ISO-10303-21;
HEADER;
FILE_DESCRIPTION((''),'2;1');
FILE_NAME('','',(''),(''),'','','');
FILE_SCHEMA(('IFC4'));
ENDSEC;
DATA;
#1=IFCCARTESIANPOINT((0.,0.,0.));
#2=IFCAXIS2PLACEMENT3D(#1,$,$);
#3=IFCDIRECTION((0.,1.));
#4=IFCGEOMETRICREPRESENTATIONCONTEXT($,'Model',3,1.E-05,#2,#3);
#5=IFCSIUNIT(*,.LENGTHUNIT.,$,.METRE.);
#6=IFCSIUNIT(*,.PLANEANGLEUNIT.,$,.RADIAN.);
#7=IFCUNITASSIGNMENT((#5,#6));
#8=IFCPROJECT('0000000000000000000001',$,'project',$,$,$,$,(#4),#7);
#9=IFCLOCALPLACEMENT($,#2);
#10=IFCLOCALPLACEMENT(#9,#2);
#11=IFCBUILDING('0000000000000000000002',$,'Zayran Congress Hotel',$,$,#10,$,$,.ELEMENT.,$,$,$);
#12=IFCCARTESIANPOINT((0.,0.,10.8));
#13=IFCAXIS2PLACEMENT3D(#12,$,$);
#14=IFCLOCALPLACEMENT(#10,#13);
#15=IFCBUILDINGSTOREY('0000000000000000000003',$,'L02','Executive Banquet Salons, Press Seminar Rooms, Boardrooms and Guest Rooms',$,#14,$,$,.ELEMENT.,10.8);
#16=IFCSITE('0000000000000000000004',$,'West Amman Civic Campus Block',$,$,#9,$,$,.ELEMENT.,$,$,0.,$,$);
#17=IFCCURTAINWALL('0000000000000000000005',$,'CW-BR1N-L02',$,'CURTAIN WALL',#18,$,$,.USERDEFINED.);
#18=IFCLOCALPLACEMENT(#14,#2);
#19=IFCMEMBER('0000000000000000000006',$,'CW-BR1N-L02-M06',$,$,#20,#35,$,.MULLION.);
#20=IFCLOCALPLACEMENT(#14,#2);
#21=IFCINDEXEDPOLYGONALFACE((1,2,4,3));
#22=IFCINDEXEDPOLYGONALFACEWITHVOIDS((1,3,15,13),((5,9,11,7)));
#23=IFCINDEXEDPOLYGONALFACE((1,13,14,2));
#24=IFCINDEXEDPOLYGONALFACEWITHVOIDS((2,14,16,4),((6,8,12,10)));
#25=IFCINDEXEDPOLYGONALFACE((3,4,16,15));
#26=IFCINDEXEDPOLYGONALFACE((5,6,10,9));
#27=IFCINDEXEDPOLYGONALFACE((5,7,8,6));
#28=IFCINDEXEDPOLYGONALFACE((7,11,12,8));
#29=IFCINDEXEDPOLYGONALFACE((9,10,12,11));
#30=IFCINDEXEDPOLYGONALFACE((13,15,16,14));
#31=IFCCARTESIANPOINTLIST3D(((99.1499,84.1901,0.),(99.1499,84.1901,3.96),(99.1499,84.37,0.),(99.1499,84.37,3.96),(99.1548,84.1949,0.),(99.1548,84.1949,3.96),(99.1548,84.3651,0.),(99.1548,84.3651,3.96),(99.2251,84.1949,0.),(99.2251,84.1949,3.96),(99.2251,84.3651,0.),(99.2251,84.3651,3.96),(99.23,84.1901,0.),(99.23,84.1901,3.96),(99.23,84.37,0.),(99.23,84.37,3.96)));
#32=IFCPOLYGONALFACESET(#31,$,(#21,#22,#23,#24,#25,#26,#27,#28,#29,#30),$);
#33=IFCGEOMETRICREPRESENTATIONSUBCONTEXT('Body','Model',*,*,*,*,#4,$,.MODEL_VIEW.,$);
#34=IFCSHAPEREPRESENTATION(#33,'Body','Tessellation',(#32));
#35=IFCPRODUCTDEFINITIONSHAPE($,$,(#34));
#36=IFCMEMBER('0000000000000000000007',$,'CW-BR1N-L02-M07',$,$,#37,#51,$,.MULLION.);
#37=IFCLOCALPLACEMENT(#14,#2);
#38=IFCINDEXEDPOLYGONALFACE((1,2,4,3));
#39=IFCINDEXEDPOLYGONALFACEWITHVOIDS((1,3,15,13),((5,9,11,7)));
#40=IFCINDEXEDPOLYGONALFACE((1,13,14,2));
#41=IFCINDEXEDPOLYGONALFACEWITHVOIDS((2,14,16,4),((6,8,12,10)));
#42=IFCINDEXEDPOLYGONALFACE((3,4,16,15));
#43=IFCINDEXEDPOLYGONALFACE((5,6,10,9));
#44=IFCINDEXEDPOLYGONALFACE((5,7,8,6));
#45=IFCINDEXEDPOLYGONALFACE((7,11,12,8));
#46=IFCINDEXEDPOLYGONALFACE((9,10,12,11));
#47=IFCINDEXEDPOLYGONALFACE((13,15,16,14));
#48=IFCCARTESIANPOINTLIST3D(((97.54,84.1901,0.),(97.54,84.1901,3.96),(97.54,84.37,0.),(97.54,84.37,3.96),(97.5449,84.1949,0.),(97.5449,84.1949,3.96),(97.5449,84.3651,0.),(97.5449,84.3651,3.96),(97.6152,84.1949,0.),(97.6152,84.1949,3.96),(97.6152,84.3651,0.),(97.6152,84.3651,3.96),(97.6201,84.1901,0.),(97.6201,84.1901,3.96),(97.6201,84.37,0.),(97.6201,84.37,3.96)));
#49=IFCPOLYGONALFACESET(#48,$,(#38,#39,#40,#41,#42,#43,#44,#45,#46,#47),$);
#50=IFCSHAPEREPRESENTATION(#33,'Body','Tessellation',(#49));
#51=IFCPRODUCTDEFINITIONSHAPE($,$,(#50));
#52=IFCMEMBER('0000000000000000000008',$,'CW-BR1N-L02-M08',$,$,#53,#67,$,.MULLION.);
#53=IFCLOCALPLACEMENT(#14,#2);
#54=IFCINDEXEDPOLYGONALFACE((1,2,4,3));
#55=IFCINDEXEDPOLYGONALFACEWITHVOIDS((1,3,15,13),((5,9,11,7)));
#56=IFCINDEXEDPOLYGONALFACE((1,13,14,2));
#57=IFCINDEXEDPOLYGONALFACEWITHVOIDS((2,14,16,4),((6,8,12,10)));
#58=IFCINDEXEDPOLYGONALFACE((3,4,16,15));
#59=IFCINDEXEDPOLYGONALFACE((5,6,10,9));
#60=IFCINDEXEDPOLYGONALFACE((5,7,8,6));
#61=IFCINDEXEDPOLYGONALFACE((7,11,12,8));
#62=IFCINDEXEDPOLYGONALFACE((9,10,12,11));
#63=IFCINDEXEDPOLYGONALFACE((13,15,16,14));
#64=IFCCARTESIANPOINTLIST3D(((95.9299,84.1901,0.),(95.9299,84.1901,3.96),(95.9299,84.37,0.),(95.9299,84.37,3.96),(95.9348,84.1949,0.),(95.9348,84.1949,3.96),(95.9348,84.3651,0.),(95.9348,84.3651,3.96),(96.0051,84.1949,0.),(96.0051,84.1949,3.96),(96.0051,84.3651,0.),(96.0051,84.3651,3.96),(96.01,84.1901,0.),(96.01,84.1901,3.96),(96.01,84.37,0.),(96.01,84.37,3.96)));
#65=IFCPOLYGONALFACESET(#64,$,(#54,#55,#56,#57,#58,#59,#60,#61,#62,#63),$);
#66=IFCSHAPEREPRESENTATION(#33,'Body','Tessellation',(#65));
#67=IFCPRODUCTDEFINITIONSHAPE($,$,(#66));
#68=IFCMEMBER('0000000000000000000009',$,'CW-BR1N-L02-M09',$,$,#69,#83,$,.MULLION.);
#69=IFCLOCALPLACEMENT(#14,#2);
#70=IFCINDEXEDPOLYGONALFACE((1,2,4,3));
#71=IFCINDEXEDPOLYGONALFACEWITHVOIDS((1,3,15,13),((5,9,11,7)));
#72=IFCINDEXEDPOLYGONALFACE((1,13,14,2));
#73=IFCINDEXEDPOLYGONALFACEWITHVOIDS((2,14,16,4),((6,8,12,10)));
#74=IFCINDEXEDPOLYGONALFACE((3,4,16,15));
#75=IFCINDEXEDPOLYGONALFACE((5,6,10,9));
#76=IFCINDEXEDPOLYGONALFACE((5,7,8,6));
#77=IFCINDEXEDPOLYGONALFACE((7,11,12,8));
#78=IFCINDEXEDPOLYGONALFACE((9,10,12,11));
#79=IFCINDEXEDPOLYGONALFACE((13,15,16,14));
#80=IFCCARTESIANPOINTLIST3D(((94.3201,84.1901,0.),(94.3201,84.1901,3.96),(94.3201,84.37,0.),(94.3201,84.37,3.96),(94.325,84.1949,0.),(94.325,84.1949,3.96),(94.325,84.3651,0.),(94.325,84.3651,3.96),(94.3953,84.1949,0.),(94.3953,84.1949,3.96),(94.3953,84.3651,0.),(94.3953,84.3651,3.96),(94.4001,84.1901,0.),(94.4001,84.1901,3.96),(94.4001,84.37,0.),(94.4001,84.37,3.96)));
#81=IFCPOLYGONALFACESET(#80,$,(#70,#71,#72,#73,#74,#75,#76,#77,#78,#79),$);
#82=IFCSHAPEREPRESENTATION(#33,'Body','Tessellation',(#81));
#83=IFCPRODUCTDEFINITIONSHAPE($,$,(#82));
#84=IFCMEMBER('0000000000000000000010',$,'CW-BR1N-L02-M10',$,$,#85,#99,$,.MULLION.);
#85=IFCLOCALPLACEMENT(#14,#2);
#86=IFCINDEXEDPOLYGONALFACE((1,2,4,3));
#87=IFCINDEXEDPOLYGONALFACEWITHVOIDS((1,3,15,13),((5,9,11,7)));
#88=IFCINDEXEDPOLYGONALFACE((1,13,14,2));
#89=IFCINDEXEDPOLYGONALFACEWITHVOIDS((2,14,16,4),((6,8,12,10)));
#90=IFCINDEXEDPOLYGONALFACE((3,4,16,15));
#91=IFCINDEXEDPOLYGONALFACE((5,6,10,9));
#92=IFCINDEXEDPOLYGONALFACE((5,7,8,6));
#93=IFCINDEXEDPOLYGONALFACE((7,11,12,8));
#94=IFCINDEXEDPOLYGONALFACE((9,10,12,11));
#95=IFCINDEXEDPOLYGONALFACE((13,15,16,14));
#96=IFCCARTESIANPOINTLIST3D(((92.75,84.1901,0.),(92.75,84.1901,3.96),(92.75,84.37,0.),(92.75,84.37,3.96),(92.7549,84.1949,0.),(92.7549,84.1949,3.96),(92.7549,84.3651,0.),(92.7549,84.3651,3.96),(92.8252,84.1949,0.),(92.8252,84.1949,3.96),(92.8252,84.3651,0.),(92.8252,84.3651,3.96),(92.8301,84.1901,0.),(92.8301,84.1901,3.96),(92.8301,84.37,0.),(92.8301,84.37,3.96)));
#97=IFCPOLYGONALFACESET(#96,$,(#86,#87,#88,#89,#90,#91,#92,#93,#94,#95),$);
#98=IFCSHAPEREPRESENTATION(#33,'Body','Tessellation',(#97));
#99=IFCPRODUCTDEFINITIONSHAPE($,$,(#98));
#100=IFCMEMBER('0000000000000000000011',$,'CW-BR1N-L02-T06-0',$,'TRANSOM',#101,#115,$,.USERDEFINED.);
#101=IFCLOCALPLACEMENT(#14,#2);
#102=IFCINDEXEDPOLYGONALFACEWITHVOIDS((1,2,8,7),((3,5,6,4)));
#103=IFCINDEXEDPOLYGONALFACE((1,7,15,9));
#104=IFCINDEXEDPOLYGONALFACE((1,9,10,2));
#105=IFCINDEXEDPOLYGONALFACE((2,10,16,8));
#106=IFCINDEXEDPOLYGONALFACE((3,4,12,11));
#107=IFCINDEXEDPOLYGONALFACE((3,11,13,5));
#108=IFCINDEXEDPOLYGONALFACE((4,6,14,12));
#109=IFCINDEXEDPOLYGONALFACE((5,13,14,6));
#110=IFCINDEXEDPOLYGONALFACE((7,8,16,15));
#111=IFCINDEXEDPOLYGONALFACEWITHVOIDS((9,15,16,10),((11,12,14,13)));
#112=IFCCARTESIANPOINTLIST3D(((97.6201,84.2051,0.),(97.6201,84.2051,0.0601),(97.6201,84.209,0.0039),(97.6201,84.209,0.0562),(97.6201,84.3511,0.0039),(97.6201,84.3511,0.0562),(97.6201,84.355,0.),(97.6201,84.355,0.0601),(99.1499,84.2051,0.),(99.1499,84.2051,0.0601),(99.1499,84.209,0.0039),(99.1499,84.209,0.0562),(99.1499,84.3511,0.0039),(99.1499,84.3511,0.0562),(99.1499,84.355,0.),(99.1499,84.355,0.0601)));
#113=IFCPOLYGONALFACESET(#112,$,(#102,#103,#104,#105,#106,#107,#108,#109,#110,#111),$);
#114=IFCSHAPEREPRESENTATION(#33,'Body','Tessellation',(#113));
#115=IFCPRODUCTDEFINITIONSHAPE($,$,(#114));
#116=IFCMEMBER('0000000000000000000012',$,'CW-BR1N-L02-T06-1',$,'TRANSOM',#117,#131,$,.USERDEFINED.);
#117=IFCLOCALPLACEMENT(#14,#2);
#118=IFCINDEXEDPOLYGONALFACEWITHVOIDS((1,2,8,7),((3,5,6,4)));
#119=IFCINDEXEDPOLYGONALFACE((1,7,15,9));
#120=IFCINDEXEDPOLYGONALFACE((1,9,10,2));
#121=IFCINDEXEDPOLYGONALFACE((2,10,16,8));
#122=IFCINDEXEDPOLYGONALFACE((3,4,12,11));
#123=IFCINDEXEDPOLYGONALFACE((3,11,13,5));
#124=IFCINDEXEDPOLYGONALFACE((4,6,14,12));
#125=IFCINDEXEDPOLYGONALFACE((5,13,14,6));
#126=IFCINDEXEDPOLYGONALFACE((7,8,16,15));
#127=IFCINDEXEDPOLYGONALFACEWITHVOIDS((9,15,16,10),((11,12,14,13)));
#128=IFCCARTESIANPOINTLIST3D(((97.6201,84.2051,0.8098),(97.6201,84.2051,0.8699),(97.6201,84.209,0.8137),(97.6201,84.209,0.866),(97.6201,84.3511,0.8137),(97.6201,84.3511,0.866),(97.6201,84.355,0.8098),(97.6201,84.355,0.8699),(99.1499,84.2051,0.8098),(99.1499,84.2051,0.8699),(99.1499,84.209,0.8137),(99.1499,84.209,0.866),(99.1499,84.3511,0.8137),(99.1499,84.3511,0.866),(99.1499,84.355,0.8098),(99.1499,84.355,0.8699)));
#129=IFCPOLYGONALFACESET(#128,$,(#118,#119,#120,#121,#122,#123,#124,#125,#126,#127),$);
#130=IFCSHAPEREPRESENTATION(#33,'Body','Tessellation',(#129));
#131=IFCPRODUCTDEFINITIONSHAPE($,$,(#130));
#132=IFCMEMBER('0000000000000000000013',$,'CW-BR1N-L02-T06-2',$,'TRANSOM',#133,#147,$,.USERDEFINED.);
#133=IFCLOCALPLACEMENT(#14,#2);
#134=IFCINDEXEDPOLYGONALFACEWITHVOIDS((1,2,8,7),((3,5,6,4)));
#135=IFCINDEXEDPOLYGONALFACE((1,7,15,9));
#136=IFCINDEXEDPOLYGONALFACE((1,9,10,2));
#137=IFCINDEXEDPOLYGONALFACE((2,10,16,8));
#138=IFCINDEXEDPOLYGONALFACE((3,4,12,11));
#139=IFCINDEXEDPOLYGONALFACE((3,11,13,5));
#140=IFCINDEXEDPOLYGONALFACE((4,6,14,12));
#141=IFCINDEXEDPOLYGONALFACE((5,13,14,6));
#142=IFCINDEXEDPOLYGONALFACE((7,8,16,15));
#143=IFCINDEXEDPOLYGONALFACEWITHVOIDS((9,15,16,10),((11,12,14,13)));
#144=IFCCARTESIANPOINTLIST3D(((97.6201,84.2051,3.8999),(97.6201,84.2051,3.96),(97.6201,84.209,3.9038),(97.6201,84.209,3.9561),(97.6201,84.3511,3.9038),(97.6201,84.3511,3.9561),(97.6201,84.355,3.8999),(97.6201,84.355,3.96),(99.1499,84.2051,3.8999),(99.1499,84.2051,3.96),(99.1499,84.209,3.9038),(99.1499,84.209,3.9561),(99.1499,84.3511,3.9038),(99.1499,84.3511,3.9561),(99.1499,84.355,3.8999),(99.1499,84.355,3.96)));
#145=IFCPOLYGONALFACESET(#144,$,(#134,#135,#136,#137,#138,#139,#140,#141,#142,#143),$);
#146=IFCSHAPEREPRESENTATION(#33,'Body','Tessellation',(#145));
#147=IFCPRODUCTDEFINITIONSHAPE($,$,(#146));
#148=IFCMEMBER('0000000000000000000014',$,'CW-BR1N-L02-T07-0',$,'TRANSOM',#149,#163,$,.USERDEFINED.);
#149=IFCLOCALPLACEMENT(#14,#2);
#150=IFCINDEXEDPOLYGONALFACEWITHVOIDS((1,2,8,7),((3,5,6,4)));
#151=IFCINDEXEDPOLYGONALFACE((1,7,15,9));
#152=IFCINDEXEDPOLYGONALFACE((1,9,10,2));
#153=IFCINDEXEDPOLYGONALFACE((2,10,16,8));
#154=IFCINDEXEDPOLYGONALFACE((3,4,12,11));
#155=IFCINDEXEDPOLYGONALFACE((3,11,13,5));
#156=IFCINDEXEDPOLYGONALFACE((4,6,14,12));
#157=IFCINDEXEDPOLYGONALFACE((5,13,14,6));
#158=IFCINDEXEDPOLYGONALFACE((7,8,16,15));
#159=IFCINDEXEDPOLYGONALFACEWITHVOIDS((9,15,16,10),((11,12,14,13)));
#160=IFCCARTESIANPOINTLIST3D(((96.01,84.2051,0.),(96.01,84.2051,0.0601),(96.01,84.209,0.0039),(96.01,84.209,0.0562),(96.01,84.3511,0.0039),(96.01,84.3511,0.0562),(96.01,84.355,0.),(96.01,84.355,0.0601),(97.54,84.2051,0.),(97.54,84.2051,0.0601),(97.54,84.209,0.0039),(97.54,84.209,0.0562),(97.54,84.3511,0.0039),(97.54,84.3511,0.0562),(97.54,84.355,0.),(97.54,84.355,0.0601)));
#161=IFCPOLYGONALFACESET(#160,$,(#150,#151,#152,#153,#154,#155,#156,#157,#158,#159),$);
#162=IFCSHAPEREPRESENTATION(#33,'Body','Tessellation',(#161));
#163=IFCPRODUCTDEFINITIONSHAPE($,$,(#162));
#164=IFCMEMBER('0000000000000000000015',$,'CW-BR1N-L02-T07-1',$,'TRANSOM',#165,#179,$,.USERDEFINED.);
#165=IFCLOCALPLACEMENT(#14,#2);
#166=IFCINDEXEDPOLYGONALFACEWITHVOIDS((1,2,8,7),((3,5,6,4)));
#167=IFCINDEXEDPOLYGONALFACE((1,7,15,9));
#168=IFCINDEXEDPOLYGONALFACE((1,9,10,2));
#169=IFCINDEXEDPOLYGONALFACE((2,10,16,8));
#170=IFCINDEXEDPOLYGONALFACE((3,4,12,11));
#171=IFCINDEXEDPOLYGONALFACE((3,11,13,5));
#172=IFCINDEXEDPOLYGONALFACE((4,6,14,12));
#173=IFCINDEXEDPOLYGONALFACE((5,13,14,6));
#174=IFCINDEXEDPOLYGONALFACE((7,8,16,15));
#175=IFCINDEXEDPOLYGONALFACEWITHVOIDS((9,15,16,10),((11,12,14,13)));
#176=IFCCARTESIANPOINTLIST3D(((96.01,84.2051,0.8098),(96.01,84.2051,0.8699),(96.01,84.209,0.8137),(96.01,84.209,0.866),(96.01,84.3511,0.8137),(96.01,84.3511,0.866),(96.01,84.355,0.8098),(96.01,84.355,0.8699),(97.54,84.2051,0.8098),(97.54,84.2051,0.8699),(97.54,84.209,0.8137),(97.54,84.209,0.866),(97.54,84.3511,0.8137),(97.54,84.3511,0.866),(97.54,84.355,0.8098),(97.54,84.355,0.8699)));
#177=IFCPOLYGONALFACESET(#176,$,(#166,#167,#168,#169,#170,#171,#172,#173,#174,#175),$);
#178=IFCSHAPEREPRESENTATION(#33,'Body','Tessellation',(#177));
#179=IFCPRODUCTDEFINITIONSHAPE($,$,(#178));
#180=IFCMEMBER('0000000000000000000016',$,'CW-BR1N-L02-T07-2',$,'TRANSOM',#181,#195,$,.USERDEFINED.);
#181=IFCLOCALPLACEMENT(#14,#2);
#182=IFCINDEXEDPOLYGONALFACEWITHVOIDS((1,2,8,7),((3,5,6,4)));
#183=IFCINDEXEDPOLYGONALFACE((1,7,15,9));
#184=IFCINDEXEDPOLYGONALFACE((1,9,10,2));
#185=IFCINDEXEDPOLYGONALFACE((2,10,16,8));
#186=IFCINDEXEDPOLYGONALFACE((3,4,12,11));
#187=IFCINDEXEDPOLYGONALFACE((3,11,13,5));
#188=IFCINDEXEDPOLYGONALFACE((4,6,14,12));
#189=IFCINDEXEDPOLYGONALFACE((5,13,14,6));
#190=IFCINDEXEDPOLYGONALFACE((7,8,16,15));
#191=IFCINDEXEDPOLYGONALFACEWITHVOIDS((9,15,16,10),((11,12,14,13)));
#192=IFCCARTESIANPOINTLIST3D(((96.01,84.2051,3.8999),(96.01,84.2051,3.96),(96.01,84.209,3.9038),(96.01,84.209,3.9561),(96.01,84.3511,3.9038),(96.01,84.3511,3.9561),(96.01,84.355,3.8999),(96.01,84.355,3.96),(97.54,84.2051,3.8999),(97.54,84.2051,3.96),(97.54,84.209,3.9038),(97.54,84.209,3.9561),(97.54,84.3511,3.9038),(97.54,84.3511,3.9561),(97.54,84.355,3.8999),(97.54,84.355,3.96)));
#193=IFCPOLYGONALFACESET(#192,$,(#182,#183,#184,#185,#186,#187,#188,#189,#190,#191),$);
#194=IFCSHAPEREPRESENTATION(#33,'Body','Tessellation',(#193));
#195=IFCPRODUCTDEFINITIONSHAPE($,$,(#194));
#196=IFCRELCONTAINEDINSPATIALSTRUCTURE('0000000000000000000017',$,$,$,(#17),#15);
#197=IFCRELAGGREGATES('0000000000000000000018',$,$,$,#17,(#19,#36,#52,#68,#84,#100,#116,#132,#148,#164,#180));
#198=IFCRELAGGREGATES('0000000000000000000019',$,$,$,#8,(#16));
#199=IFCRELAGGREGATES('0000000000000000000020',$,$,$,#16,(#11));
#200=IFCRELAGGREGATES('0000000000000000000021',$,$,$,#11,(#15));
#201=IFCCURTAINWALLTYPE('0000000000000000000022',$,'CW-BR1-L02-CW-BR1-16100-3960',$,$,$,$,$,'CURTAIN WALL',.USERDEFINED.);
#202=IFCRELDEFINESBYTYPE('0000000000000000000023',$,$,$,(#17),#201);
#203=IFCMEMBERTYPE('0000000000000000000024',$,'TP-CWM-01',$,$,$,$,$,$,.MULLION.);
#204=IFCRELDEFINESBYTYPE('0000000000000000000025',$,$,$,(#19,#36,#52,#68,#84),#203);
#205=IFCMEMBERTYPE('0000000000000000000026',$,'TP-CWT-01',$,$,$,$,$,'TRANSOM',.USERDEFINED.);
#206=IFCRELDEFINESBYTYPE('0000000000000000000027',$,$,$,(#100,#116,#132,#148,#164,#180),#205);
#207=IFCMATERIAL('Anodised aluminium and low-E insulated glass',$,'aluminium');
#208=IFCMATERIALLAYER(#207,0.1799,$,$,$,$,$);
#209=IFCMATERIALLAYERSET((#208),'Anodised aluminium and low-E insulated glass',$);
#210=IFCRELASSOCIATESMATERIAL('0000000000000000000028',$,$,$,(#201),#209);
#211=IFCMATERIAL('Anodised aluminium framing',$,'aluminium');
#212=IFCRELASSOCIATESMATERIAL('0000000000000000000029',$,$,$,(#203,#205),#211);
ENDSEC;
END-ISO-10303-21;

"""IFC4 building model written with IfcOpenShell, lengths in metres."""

from ifc_helpers import new_model, si_unit, direction, frame, origin, origin_2d, place, context, subcontext, project, spatial, hollow_rectangle, extrude, material, layer, layer_set, material_profile, profile_set, type_object, element, aggregate, save


model = new_model("IFC4")

# Units and contexts
model_context = context("Model", 3, precision=1e-05, world=origin(), true_north=direction((0.0, 1.0)))
body_context = subcontext(model_context, "Body", "Model", "MODEL_VIEW")
ifc_project = project(units=[si_unit("LENGTHUNIT", "METRE"), si_unit("PLANEANGLEUNIT", "RADIAN")], contexts=[model_context])

# Site, building, storey
site_placement = place(None, origin())
site = spatial("IfcSite", under=ifc_project, at=site_placement, Name="West Amman Civic Campus Block", CompositionType="ELEMENT", RefElevation=0.0)
building_placement = place(site_placement, origin())
building = spatial("IfcBuilding", under=site, at=building_placement, Name="Zayran Congress Hotel", CompositionType="ELEMENT")
storey_placement = place(building_placement, frame((0.0, 0.0, 10.8)))
storey = spatial("IfcBuildingStorey", under=building, at=storey_placement, Name="L02", Description="Executive Banquet Salons, Press Seminar Rooms, Boardrooms and Guest Rooms", CompositionType="ELEMENT", Elevation=10.8)

# Curtain wall, members
ifc_material_1 = material(Name="Anodised aluminium and low-E insulated glass", Category="aluminium")
ifc_layer_1 = layer(ifc_material_1, 0.1799)
ifc_layer_set_1 = layer_set([ifc_layer_1], Name="Anodised aluminium and low-E insulated glass")
curtain_wall_type = type_object("IfcCurtainWallType", Name="CW-BR1-L02-CW-BR1-16100-3960", ElementType="CURTAIN WALL", PredefinedType="USERDEFINED", material=ifc_layer_set_1)
curtain_wall_placement = place(storey_placement, origin())
curtain_wall = element("IfcCurtainWall", 1, at=curtain_wall_placement, inside=storey, type_object=curtain_wall_type, Name="CW-BR1N-L02", ObjectType="CURTAIN WALL", PredefinedType="USERDEFINED")
ifc_material_2 = material(Name="Anodised aluminium framing", Category="aluminium")
ifc_material_profile_1 = material_profile(ifc_material_2, hollow_rectangle(XDim=0.0801, YDim=0.1799, WallThickness=0.0049, at=origin_2d()), Name="RHS 180x80x5")
ifc_profile_set_1 = profile_set([ifc_material_profile_1], Name="Anodised aluminium framing")
member_type_1 = type_object("IfcMemberType", Name="TP-CWM-01", PredefinedType="MULLION", material=ifc_profile_set_1)
member_1_placement = place(storey_placement, frame((99.1899, 84.28, 0.0), z_axis=(0.0, 0.0, 1.0), x_axis=(1.0, 0.0, 0.0)))
member_1 = element("IfcMember", 2, at=member_1_placement, type_object=member_type_1, Name="CW-BR1N-L02-M06", PredefinedType="MULLION", context=body_context, shape_type="SweptSolid", body=[
    extrude(hollow_rectangle(XDim=0.0801, YDim=0.1799, WallThickness=0.0049, at=origin_2d()), origin(), (0.0, 0.0, 1.0), 3.96),
])
member_2_placement = place(storey_placement, frame((97.5801, 84.28, 0.0), z_axis=(0.0, 0.0, 1.0), x_axis=(1.0, 0.0, 0.0)))
member_2 = element("IfcMember", 3, at=member_2_placement, type_object=member_type_1, Name="CW-BR1N-L02-M07", PredefinedType="MULLION", context=body_context, shape_type="SweptSolid", body=[
    extrude(hollow_rectangle(XDim=0.0801, YDim=0.1799, WallThickness=0.0049, at=origin_2d()), origin(), (0.0, 0.0, 1.0), 3.96),
])
member_3_placement = place(storey_placement, frame((95.97, 84.28, 0.0), z_axis=(0.0, 0.0, 1.0), x_axis=(1.0, 0.0, 0.0)))
member_3 = element("IfcMember", 4, at=member_3_placement, type_object=member_type_1, Name="CW-BR1N-L02-M08", PredefinedType="MULLION", context=body_context, shape_type="SweptSolid", body=[
    extrude(hollow_rectangle(XDim=0.0801, YDim=0.1799, WallThickness=0.0049, at=origin_2d()), origin(), (0.0, 0.0, 1.0), 3.96),
])
member_4_placement = place(storey_placement, frame((94.3601, 84.28, 0.0), z_axis=(0.0, 0.0, 1.0), x_axis=(1.0, 0.0, 0.0)))
member_4 = element("IfcMember", 5, at=member_4_placement, type_object=member_type_1, Name="CW-BR1N-L02-M09", PredefinedType="MULLION", context=body_context, shape_type="SweptSolid", body=[
    extrude(hollow_rectangle(XDim=0.0801, YDim=0.1799, WallThickness=0.0049, at=origin_2d()), origin(), (0.0, 0.0, 1.0), 3.96),
])
member_5_placement = place(storey_placement, frame((92.79, 84.28, 0.0), z_axis=(0.0, 0.0, 1.0), x_axis=(1.0, 0.0, 0.0)))
member_5 = element("IfcMember", 6, at=member_5_placement, type_object=member_type_1, Name="CW-BR1N-L02-M10", PredefinedType="MULLION", context=body_context, shape_type="SweptSolid", body=[
    extrude(hollow_rectangle(XDim=0.0801, YDim=0.1799, WallThickness=0.0049, at=origin_2d()), origin(), (0.0, 0.0, 1.0), 3.96),
])
ifc_material_profile_2 = material_profile(ifc_material_2, hollow_rectangle(XDim=0.0601, YDim=0.1499, WallThickness=0.0039, at=origin_2d()), Name="RHS 150x60x4")
ifc_profile_set_2 = profile_set([ifc_material_profile_2], Name="Anodised aluminium framing")
member_type_2 = type_object("IfcMemberType", Name="TP-CWT-01", ElementType="TRANSOM", PredefinedType="USERDEFINED", material=ifc_profile_set_2)
member_6_placement = place(storey_placement, frame((99.1499, 84.28, 0.03), z_axis=(-1.0, 0.0, 0.0), x_axis=(0.0, 0.0, 1.0)))
member_6 = element("IfcMember", 7, at=member_6_placement, type_object=member_type_2, Name="CW-BR1N-L02-T06-0", ObjectType="TRANSOM", PredefinedType="USERDEFINED", context=body_context, shape_type="SweptSolid", body=[
    extrude(hollow_rectangle(XDim=0.0601, YDim=0.1499, WallThickness=0.0039, at=origin_2d()), origin(), (0.0, 0.0, 1.0), 1.5298),
])
member_7_placement = place(storey_placement, frame((99.1499, 84.28, 0.8398), z_axis=(-1.0, 0.0, 0.0), x_axis=(0.0, 0.0, 1.0)))
member_7 = element("IfcMember", 8, at=member_7_placement, type_object=member_type_2, Name="CW-BR1N-L02-T06-1", ObjectType="TRANSOM", PredefinedType="USERDEFINED", context=body_context, shape_type="SweptSolid", body=[
    extrude(hollow_rectangle(XDim=0.0601, YDim=0.1499, WallThickness=0.0039, at=origin_2d()), origin(), (0.0, 0.0, 1.0), 1.5298),
])
member_8_placement = place(storey_placement, frame((99.1499, 84.28, 3.9299), z_axis=(-1.0, 0.0, 0.0), x_axis=(0.0, 0.0, 1.0)))
member_8 = element("IfcMember", 9, at=member_8_placement, type_object=member_type_2, Name="CW-BR1N-L02-T06-2", ObjectType="TRANSOM", PredefinedType="USERDEFINED", context=body_context, shape_type="SweptSolid", body=[
    extrude(hollow_rectangle(XDim=0.0601, YDim=0.1499, WallThickness=0.0039, at=origin_2d()), origin(), (0.0, 0.0, 1.0), 1.5298),
])
member_9_placement = place(storey_placement, frame((97.54, 84.28, 0.03), z_axis=(-1.0, 0.0, 0.0), x_axis=(0.0, 0.0, 1.0)))
member_9 = element("IfcMember", 10, at=member_9_placement, type_object=member_type_2, Name="CW-BR1N-L02-T07-0", ObjectType="TRANSOM", PredefinedType="USERDEFINED", context=body_context, shape_type="SweptSolid", body=[
    extrude(hollow_rectangle(XDim=0.0601, YDim=0.1499, WallThickness=0.0039, at=origin_2d()), origin(), (0.0, 0.0, 1.0), 1.53),
])
member_10_placement = place(storey_placement, frame((97.54, 84.28, 0.8398), z_axis=(-1.0, 0.0, 0.0), x_axis=(0.0, 0.0, 1.0)))
member_10 = element("IfcMember", 11, at=member_10_placement, type_object=member_type_2, Name="CW-BR1N-L02-T07-1", ObjectType="TRANSOM", PredefinedType="USERDEFINED", context=body_context, shape_type="SweptSolid", body=[
    extrude(hollow_rectangle(XDim=0.0601, YDim=0.1499, WallThickness=0.0039, at=origin_2d()), origin(), (0.0, 0.0, 1.0), 1.53),
])
member_11_placement = place(storey_placement, frame((97.54, 84.28, 3.9299), z_axis=(-1.0, 0.0, 0.0), x_axis=(0.0, 0.0, 1.0)))
member_11 = element("IfcMember", 12, at=member_11_placement, type_object=member_type_2, Name="CW-BR1N-L02-T07-2", ObjectType="TRANSOM", PredefinedType="USERDEFINED", context=body_context, shape_type="SweptSolid", body=[
    extrude(hollow_rectangle(XDim=0.0601, YDim=0.1499, WallThickness=0.0039, at=origin_2d()), origin(), (0.0, 0.0, 1.0), 1.53),
])
aggregate(curtain_wall, [member_1, member_2, member_3, member_4, member_5, member_6, member_7, member_8, member_9, member_10, member_11])

save(model, "model.ifc")
